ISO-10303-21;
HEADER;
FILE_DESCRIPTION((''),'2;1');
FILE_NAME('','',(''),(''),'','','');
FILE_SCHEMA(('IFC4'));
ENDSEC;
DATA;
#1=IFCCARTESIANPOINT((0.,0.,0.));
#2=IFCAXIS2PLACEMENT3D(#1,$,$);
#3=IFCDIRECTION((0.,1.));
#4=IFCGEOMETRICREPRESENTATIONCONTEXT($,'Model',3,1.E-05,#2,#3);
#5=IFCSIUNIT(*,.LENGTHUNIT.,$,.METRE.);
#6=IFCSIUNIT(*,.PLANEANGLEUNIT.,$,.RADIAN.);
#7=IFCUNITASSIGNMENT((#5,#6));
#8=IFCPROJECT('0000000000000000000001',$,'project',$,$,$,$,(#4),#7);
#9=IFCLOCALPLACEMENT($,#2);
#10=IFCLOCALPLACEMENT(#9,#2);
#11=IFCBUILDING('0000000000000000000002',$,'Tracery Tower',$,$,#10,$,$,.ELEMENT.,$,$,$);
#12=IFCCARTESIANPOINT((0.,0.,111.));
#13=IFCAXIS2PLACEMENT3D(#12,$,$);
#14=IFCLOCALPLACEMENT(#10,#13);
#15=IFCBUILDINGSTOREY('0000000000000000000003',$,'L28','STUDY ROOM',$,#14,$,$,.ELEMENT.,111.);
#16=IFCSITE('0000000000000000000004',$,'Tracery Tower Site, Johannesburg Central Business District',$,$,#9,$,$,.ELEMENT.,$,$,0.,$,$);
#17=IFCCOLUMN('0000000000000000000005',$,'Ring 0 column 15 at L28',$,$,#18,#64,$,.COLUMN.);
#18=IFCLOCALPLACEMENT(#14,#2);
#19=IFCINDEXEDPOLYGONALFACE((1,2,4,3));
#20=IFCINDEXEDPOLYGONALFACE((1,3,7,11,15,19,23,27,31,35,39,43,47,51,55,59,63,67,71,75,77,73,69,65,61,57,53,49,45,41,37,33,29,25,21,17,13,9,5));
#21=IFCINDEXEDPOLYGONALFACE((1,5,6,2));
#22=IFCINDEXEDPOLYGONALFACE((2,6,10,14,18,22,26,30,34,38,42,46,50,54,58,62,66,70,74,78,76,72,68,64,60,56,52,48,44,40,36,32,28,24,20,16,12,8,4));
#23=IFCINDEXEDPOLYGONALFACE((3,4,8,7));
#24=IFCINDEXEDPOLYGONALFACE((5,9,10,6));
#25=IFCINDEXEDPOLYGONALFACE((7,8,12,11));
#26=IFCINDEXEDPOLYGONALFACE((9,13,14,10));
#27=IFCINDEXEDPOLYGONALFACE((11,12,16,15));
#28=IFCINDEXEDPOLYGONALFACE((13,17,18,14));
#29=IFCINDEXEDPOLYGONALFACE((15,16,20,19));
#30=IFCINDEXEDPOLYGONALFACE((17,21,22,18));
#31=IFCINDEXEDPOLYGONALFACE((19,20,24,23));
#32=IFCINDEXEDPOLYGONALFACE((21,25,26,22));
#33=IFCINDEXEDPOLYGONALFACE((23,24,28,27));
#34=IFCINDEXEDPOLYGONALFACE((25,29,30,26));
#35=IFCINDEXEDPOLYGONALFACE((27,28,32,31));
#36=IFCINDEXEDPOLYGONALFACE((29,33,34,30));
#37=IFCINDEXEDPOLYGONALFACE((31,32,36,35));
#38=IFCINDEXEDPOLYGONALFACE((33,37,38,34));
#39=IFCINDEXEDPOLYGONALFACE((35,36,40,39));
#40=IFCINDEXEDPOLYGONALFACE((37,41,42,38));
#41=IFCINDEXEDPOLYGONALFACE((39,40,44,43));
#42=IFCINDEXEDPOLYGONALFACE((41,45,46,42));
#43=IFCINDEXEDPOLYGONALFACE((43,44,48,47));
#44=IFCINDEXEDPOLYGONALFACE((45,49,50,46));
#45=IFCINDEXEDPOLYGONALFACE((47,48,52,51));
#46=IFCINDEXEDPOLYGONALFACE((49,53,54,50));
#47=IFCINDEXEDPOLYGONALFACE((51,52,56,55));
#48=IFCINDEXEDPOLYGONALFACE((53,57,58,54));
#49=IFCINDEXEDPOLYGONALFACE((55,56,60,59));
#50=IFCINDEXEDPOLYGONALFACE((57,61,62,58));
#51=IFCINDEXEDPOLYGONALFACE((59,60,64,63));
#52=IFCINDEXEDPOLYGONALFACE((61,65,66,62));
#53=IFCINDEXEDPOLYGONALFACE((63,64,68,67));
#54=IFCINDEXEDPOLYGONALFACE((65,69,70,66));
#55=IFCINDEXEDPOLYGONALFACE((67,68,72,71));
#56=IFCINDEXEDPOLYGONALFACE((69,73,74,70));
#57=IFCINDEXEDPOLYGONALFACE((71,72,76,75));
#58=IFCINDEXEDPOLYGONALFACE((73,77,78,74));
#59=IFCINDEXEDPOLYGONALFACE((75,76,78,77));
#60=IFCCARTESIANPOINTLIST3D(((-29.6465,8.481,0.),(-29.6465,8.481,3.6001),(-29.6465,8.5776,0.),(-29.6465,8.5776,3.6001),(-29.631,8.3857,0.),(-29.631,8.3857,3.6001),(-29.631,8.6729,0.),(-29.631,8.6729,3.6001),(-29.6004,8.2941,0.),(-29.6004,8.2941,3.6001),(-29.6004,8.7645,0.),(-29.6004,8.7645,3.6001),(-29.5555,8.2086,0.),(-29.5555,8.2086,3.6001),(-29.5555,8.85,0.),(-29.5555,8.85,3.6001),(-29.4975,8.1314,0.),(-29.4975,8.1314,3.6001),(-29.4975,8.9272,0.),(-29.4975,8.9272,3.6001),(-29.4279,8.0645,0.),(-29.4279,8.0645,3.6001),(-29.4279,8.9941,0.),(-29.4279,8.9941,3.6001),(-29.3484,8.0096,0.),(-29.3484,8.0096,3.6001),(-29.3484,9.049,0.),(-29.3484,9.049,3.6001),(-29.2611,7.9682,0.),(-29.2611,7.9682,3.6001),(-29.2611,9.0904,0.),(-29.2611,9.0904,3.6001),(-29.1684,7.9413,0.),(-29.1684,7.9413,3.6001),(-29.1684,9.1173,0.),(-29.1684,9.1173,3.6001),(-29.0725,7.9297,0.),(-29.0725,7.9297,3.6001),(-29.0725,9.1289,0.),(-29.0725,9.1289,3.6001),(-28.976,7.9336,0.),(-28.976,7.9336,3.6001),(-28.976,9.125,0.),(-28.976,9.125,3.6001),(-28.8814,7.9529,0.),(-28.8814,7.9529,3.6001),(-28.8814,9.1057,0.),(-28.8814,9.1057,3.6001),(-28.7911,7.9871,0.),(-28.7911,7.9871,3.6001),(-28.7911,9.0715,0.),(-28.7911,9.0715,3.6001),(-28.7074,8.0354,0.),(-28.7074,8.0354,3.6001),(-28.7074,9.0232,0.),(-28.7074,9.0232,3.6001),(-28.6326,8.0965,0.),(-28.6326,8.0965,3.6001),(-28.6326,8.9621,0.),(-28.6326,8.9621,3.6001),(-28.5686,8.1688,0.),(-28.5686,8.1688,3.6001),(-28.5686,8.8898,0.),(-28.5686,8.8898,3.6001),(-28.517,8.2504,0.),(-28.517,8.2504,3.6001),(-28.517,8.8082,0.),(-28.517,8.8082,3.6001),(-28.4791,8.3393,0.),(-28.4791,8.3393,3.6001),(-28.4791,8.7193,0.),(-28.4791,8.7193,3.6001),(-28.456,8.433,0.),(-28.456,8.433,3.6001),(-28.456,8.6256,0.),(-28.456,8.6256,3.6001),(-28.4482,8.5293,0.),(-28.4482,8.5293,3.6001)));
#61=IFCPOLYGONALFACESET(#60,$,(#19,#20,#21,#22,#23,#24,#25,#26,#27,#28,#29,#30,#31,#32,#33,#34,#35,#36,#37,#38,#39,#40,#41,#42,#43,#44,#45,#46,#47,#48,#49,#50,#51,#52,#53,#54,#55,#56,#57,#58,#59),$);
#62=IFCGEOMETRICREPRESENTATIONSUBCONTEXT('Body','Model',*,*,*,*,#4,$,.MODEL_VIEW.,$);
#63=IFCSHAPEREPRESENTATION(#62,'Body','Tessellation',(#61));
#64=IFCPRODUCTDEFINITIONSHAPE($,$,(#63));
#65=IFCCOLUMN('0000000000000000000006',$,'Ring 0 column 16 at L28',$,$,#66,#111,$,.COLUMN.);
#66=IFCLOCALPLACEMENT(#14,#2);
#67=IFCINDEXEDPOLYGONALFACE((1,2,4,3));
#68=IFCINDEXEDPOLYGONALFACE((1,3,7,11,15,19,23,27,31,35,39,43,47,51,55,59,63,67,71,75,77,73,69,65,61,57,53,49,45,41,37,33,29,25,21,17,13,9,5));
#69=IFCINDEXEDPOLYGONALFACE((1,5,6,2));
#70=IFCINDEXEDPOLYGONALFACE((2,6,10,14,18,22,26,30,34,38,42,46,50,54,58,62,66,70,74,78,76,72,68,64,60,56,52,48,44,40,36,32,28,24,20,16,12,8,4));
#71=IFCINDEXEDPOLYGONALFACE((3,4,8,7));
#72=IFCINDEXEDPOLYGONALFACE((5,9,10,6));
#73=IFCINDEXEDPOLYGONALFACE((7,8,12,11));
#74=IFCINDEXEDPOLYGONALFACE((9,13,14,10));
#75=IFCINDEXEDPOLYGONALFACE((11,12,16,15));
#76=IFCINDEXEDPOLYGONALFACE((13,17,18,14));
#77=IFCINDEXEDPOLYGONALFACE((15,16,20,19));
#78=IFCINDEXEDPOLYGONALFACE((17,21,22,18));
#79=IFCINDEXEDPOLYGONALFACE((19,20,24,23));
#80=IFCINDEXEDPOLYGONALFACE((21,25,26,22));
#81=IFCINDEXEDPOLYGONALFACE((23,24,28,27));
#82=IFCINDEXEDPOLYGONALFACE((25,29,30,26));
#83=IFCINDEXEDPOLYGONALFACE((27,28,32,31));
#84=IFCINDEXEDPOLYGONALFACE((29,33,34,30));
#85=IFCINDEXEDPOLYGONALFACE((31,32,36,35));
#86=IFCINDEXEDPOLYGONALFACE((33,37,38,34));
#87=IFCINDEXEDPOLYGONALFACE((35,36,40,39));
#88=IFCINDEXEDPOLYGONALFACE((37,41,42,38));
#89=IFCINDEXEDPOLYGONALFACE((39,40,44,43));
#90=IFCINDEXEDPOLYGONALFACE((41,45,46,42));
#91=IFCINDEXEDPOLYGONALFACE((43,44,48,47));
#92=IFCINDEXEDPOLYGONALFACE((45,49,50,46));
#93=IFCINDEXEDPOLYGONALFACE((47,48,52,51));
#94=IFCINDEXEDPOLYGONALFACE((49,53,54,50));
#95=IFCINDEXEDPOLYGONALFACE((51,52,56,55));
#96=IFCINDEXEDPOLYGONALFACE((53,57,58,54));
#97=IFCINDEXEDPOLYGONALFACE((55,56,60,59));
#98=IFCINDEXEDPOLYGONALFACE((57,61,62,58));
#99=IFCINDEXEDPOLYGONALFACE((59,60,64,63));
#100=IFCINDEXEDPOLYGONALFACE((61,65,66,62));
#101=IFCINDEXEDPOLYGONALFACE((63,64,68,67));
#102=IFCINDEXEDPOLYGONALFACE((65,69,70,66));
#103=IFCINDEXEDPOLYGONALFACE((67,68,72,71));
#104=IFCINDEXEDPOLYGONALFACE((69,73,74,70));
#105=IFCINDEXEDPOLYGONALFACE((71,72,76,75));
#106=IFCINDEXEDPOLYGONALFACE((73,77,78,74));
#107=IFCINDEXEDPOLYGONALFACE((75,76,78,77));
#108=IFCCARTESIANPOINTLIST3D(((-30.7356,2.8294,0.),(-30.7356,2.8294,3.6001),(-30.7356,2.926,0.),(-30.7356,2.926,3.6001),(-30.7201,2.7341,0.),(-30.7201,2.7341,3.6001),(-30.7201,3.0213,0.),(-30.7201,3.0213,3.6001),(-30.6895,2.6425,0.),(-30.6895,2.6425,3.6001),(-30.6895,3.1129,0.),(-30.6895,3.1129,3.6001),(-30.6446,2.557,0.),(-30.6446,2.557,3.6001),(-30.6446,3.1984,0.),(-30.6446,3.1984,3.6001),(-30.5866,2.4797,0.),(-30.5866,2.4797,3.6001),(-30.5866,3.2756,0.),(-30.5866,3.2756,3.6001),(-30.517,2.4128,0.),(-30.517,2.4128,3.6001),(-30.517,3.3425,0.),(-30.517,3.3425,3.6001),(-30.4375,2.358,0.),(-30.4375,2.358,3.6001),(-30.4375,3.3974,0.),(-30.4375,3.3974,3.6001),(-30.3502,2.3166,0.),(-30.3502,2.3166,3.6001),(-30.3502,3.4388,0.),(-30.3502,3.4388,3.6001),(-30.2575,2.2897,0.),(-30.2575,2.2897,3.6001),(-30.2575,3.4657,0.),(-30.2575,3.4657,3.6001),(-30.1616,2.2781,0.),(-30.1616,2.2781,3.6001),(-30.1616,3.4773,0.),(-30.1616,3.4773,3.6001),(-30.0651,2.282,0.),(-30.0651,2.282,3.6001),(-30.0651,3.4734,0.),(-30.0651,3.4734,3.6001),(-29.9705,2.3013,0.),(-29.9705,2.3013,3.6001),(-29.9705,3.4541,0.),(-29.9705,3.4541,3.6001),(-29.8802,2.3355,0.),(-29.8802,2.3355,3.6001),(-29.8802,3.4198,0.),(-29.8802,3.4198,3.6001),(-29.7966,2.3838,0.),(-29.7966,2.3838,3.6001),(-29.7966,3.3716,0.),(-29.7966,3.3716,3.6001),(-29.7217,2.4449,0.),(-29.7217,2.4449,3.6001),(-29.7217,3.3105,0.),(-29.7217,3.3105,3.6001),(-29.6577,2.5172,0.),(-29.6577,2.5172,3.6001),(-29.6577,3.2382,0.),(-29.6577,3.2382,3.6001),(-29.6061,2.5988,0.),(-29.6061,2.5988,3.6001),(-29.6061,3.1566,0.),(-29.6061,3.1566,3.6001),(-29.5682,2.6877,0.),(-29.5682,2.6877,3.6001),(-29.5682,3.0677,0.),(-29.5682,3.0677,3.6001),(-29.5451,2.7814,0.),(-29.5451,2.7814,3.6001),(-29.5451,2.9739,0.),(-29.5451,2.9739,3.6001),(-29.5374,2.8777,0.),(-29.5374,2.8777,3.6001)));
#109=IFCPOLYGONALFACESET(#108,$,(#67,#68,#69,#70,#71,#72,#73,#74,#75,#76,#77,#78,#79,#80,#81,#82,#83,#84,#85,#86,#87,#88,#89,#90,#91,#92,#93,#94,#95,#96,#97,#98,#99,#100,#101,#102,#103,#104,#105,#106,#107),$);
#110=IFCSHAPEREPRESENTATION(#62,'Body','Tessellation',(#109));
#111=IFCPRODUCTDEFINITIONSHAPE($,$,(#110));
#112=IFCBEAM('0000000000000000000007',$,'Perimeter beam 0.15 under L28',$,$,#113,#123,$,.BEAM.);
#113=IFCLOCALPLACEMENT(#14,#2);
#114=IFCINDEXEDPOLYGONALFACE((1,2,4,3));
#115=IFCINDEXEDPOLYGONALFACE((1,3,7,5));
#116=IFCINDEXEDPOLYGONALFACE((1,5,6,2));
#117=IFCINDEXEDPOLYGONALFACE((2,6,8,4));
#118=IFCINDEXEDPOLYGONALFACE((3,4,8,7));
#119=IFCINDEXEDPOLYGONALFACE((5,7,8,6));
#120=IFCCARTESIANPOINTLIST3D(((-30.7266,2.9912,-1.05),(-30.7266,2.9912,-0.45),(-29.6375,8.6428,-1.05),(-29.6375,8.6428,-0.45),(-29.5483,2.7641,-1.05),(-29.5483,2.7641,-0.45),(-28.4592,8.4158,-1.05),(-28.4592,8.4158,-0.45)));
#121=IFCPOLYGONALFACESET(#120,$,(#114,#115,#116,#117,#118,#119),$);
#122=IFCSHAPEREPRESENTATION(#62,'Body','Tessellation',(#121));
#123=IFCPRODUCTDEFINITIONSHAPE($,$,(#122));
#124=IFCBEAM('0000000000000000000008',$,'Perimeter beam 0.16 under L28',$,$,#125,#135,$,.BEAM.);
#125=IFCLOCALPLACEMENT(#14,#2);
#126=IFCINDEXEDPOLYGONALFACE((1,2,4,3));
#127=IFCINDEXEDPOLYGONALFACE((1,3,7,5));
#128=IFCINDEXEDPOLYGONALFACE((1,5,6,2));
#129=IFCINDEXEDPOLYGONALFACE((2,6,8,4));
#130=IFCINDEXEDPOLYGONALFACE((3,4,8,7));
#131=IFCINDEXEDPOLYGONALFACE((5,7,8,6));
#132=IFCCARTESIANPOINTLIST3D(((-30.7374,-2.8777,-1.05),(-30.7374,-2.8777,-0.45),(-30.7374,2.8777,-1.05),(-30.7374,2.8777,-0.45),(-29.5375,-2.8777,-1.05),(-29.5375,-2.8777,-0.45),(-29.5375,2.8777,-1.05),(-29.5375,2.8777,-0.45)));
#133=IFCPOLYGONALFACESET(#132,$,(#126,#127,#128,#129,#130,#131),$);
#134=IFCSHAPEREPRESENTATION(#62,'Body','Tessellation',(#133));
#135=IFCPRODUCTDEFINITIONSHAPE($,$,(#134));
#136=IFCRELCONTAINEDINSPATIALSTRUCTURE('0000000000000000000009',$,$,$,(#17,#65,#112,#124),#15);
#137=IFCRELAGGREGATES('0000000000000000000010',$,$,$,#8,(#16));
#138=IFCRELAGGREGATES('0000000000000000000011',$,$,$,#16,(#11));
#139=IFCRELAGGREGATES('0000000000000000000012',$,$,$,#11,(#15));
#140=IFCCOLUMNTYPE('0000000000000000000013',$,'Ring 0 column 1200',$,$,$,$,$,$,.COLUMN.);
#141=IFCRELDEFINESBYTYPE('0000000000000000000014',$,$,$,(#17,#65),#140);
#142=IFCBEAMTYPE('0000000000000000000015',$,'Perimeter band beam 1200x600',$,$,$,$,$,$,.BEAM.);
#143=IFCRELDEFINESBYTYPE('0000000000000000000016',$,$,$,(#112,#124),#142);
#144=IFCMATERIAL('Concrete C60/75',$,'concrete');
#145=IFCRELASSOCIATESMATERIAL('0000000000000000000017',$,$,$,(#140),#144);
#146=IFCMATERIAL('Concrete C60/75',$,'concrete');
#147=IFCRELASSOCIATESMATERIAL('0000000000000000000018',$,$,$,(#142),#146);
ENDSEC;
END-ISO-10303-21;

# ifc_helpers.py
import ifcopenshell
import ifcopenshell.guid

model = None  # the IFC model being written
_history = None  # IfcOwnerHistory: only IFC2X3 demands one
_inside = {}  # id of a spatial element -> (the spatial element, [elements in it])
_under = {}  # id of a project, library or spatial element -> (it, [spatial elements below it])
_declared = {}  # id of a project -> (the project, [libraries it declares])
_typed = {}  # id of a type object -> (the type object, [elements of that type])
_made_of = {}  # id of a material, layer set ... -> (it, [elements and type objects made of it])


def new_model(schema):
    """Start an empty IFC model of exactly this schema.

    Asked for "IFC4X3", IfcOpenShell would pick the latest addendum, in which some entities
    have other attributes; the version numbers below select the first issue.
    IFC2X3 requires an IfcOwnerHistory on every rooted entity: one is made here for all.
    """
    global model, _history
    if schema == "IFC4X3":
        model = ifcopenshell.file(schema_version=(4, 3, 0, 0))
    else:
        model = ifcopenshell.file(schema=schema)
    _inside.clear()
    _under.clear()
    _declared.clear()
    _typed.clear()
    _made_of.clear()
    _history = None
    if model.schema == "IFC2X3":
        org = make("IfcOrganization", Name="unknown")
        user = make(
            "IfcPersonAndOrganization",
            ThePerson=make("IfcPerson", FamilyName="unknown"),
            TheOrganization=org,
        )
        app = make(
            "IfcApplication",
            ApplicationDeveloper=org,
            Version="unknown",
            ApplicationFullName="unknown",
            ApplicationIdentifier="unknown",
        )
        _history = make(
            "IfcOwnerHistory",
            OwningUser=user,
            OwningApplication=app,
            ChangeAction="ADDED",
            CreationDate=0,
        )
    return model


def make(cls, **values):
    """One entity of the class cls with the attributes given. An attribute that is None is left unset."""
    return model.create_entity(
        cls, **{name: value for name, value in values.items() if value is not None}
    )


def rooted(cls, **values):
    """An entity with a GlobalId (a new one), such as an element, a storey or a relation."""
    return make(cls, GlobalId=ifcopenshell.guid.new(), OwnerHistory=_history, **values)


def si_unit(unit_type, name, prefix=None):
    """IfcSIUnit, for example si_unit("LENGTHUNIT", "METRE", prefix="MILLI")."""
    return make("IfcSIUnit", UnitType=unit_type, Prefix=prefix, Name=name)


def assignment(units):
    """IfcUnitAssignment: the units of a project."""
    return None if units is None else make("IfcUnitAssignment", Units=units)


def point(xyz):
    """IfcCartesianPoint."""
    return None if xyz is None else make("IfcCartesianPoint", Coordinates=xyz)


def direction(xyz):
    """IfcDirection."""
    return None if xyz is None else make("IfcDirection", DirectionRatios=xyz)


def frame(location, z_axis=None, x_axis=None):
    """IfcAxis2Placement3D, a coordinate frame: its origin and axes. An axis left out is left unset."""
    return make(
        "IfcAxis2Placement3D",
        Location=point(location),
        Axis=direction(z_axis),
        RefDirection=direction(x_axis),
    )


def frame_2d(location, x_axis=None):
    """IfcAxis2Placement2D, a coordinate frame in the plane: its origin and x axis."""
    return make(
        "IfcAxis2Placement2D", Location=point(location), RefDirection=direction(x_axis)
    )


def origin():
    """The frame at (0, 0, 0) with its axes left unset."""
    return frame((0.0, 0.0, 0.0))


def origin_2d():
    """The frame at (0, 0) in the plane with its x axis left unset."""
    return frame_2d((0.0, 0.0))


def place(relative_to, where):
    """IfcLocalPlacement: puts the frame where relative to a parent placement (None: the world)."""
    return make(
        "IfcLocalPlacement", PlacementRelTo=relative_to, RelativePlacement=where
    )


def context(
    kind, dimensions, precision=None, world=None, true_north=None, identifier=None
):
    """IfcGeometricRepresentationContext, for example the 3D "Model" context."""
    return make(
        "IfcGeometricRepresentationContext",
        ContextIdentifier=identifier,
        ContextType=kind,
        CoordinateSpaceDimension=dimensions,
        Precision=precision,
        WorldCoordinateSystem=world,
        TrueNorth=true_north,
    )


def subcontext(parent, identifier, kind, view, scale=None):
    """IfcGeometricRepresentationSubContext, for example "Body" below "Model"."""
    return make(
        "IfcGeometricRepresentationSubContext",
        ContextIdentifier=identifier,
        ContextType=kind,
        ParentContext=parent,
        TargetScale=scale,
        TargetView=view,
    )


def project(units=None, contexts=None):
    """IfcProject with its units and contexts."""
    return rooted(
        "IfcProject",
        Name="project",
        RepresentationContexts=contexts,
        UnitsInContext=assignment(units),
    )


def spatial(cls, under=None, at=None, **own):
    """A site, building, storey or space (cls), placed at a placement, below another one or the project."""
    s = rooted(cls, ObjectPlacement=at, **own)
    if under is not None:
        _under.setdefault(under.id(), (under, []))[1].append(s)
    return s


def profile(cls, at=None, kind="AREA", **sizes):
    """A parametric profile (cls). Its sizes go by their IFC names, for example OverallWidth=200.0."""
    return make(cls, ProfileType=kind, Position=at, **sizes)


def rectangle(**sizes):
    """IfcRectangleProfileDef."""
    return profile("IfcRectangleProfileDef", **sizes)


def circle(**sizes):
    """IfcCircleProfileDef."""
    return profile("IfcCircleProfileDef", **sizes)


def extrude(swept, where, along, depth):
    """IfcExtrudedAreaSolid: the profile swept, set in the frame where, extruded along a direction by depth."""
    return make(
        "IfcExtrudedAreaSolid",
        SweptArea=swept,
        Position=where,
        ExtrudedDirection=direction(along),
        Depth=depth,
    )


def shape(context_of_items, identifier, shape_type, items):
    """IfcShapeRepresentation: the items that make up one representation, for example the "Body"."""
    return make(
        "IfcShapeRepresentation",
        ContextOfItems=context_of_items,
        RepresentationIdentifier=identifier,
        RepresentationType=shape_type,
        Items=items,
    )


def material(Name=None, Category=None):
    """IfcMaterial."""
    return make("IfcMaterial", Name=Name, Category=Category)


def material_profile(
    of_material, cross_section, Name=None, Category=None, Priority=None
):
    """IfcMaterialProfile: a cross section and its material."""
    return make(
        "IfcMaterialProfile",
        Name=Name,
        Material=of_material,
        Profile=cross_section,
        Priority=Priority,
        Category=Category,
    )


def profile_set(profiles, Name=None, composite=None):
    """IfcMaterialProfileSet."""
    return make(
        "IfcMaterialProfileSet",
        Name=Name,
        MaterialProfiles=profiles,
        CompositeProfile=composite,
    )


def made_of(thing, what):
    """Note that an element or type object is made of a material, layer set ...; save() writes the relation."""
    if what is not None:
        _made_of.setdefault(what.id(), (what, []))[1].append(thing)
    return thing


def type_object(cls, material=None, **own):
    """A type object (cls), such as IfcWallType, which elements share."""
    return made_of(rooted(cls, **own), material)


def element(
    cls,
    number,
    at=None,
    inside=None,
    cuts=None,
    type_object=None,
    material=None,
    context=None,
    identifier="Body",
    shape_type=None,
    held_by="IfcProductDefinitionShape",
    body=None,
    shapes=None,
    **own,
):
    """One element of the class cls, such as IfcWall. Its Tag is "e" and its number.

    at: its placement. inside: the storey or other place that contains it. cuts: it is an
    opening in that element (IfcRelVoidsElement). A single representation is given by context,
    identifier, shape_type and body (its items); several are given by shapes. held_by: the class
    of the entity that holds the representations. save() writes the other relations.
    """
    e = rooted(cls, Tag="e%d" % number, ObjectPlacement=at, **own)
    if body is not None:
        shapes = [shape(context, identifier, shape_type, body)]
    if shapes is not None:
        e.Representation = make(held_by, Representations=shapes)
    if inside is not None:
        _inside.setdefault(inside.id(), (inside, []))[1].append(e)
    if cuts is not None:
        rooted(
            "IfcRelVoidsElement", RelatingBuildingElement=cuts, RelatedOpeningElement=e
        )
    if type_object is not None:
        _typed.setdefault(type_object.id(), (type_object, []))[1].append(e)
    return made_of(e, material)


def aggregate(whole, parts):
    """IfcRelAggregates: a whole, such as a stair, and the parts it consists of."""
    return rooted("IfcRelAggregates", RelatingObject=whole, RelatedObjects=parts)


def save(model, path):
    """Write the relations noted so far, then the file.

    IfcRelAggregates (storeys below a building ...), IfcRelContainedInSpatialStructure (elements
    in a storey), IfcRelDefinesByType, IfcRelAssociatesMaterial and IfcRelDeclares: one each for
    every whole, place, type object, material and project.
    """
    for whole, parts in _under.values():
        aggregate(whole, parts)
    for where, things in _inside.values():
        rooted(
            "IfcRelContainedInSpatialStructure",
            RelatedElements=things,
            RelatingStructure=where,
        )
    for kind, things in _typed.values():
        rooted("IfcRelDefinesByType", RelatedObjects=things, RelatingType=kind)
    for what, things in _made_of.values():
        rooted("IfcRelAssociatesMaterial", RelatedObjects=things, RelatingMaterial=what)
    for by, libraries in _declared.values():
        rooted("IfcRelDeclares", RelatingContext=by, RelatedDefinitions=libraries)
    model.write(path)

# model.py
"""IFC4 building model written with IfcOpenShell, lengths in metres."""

from ifc_helpers import new_model, si_unit, direction, frame, origin, origin_2d, place, context, subcontext, project, spatial, rectangle, circle, extrude, material, material_profile, profile_set, type_object, element, save


model = new_model("IFC4")

# Units and contexts
model_context = context("Model", 3, precision=1e-05, world=origin(), true_north=direction((0.0, 1.0)))
body_context = subcontext(model_context, "Body", "Model", "MODEL_VIEW")
ifc_project = project(units=[si_unit("LENGTHUNIT", "METRE"), si_unit("PLANEANGLEUNIT", "RADIAN")], contexts=[model_context])

# Site, building, storey
site_placement = place(None, origin())
site = spatial("IfcSite", under=ifc_project, at=site_placement, Name="Tracery Tower Site, Johannesburg Central Business District", CompositionType="ELEMENT", RefElevation=0.0)
building_placement = place(site_placement, origin())
building = spatial("IfcBuilding", under=site, at=building_placement, Name="Tracery Tower", CompositionType="ELEMENT")
storey_placement = place(building_placement, frame((0.0, 0.0, 111.0)))
storey = spatial("IfcBuildingStorey", under=building, at=storey_placement, Name="L28", Description="STUDY ROOM", CompositionType="ELEMENT", Elevation=111.0)

# Columns
ifc_material_1 = material(Name="Concrete C60/75", Category="concrete")
ifc_material_profile_1 = material_profile(ifc_material_1, circle(Radius=0.6001, at=origin_2d()), Name="RC D1200")
ifc_profile_set_1 = profile_set([ifc_material_profile_1], Name="Concrete C60/75")
column_type = type_object("IfcColumnType", Name="Ring 0 column 1200", PredefinedType="COLUMN", material=ifc_profile_set_1)
for number, where, z_axis, x_axis, name in (
    (1, (-29.0483, 8.5293, 0.0), (0.0, 0.0, 1.0), (1.0, 0.0, 0.0), "Ring 0 column 15 at L28"),
    (2, (-30.1375, 2.8777, 0.0), (0.0, 0.0, 1.0), (1.0, 0.0, 0.0), "Ring 0 column 16 at L28"),
):
    element("IfcColumn", number, at=place(storey_placement, frame(where, z_axis=z_axis, x_axis=x_axis)), inside=storey, type_object=column_type, Name=name, PredefinedType="COLUMN", context=body_context, shape_type="SweptSolid", body=[
        extrude(circle(Radius=0.6001, at=origin_2d()), origin(), (0.0, 0.0, 1.0), 3.6001),
    ])

# Beams
ifc_material_2 = material(Name="Concrete C60/75", Category="concrete")
ifc_material_profile_2 = material_profile(ifc_material_2, rectangle(XDim=1.2, YDim=0.6001, at=origin_2d()), Name="RC 1200x600")
ifc_profile_set_2 = profile_set([ifc_material_profile_2], Name="Concrete C60/75")
beam_type = type_object("IfcBeamType", Name="Perimeter band beam 1200x600", PredefinedType="BEAM", material=ifc_profile_set_2)
beam_1_placement = place(storey_placement, frame((-29.0483, 8.5293, -0.75), z_axis=(-0.189227, -0.981933, 0.0), x_axis=(0.981933, -0.189227, 0.0)))
element("IfcBeam", 3, at=beam_1_placement, inside=storey, type_object=beam_type, Name="Perimeter beam 0.15 under L28", PredefinedType="BEAM", context=body_context, shape_type="SweptSolid", body=[
    extrude(rectangle(XDim=1.2, YDim=0.6001, at=origin_2d()), origin(), (0.0, 0.0, 1.0), 5.7556),
])
beam_2_placement = place(storey_placement, frame((-30.1375, 2.8777, -0.75), z_axis=(0.0, -1.0, 0.0), x_axis=(1.0, 0.0, 0.0)))
element("IfcBeam", 4, at=beam_2_placement, inside=storey, type_object=beam_type, Name="Perimeter beam 0.16 under L28", PredefinedType="BEAM", context=body_context, shape_type="SweptSolid", body=[
    extrude(rectangle(XDim=1.2, YDim=0.6001, at=origin_2d()), origin(), (0.0, 0.0, 1.0), 5.7554),
])

save(model, "model.ifc")
